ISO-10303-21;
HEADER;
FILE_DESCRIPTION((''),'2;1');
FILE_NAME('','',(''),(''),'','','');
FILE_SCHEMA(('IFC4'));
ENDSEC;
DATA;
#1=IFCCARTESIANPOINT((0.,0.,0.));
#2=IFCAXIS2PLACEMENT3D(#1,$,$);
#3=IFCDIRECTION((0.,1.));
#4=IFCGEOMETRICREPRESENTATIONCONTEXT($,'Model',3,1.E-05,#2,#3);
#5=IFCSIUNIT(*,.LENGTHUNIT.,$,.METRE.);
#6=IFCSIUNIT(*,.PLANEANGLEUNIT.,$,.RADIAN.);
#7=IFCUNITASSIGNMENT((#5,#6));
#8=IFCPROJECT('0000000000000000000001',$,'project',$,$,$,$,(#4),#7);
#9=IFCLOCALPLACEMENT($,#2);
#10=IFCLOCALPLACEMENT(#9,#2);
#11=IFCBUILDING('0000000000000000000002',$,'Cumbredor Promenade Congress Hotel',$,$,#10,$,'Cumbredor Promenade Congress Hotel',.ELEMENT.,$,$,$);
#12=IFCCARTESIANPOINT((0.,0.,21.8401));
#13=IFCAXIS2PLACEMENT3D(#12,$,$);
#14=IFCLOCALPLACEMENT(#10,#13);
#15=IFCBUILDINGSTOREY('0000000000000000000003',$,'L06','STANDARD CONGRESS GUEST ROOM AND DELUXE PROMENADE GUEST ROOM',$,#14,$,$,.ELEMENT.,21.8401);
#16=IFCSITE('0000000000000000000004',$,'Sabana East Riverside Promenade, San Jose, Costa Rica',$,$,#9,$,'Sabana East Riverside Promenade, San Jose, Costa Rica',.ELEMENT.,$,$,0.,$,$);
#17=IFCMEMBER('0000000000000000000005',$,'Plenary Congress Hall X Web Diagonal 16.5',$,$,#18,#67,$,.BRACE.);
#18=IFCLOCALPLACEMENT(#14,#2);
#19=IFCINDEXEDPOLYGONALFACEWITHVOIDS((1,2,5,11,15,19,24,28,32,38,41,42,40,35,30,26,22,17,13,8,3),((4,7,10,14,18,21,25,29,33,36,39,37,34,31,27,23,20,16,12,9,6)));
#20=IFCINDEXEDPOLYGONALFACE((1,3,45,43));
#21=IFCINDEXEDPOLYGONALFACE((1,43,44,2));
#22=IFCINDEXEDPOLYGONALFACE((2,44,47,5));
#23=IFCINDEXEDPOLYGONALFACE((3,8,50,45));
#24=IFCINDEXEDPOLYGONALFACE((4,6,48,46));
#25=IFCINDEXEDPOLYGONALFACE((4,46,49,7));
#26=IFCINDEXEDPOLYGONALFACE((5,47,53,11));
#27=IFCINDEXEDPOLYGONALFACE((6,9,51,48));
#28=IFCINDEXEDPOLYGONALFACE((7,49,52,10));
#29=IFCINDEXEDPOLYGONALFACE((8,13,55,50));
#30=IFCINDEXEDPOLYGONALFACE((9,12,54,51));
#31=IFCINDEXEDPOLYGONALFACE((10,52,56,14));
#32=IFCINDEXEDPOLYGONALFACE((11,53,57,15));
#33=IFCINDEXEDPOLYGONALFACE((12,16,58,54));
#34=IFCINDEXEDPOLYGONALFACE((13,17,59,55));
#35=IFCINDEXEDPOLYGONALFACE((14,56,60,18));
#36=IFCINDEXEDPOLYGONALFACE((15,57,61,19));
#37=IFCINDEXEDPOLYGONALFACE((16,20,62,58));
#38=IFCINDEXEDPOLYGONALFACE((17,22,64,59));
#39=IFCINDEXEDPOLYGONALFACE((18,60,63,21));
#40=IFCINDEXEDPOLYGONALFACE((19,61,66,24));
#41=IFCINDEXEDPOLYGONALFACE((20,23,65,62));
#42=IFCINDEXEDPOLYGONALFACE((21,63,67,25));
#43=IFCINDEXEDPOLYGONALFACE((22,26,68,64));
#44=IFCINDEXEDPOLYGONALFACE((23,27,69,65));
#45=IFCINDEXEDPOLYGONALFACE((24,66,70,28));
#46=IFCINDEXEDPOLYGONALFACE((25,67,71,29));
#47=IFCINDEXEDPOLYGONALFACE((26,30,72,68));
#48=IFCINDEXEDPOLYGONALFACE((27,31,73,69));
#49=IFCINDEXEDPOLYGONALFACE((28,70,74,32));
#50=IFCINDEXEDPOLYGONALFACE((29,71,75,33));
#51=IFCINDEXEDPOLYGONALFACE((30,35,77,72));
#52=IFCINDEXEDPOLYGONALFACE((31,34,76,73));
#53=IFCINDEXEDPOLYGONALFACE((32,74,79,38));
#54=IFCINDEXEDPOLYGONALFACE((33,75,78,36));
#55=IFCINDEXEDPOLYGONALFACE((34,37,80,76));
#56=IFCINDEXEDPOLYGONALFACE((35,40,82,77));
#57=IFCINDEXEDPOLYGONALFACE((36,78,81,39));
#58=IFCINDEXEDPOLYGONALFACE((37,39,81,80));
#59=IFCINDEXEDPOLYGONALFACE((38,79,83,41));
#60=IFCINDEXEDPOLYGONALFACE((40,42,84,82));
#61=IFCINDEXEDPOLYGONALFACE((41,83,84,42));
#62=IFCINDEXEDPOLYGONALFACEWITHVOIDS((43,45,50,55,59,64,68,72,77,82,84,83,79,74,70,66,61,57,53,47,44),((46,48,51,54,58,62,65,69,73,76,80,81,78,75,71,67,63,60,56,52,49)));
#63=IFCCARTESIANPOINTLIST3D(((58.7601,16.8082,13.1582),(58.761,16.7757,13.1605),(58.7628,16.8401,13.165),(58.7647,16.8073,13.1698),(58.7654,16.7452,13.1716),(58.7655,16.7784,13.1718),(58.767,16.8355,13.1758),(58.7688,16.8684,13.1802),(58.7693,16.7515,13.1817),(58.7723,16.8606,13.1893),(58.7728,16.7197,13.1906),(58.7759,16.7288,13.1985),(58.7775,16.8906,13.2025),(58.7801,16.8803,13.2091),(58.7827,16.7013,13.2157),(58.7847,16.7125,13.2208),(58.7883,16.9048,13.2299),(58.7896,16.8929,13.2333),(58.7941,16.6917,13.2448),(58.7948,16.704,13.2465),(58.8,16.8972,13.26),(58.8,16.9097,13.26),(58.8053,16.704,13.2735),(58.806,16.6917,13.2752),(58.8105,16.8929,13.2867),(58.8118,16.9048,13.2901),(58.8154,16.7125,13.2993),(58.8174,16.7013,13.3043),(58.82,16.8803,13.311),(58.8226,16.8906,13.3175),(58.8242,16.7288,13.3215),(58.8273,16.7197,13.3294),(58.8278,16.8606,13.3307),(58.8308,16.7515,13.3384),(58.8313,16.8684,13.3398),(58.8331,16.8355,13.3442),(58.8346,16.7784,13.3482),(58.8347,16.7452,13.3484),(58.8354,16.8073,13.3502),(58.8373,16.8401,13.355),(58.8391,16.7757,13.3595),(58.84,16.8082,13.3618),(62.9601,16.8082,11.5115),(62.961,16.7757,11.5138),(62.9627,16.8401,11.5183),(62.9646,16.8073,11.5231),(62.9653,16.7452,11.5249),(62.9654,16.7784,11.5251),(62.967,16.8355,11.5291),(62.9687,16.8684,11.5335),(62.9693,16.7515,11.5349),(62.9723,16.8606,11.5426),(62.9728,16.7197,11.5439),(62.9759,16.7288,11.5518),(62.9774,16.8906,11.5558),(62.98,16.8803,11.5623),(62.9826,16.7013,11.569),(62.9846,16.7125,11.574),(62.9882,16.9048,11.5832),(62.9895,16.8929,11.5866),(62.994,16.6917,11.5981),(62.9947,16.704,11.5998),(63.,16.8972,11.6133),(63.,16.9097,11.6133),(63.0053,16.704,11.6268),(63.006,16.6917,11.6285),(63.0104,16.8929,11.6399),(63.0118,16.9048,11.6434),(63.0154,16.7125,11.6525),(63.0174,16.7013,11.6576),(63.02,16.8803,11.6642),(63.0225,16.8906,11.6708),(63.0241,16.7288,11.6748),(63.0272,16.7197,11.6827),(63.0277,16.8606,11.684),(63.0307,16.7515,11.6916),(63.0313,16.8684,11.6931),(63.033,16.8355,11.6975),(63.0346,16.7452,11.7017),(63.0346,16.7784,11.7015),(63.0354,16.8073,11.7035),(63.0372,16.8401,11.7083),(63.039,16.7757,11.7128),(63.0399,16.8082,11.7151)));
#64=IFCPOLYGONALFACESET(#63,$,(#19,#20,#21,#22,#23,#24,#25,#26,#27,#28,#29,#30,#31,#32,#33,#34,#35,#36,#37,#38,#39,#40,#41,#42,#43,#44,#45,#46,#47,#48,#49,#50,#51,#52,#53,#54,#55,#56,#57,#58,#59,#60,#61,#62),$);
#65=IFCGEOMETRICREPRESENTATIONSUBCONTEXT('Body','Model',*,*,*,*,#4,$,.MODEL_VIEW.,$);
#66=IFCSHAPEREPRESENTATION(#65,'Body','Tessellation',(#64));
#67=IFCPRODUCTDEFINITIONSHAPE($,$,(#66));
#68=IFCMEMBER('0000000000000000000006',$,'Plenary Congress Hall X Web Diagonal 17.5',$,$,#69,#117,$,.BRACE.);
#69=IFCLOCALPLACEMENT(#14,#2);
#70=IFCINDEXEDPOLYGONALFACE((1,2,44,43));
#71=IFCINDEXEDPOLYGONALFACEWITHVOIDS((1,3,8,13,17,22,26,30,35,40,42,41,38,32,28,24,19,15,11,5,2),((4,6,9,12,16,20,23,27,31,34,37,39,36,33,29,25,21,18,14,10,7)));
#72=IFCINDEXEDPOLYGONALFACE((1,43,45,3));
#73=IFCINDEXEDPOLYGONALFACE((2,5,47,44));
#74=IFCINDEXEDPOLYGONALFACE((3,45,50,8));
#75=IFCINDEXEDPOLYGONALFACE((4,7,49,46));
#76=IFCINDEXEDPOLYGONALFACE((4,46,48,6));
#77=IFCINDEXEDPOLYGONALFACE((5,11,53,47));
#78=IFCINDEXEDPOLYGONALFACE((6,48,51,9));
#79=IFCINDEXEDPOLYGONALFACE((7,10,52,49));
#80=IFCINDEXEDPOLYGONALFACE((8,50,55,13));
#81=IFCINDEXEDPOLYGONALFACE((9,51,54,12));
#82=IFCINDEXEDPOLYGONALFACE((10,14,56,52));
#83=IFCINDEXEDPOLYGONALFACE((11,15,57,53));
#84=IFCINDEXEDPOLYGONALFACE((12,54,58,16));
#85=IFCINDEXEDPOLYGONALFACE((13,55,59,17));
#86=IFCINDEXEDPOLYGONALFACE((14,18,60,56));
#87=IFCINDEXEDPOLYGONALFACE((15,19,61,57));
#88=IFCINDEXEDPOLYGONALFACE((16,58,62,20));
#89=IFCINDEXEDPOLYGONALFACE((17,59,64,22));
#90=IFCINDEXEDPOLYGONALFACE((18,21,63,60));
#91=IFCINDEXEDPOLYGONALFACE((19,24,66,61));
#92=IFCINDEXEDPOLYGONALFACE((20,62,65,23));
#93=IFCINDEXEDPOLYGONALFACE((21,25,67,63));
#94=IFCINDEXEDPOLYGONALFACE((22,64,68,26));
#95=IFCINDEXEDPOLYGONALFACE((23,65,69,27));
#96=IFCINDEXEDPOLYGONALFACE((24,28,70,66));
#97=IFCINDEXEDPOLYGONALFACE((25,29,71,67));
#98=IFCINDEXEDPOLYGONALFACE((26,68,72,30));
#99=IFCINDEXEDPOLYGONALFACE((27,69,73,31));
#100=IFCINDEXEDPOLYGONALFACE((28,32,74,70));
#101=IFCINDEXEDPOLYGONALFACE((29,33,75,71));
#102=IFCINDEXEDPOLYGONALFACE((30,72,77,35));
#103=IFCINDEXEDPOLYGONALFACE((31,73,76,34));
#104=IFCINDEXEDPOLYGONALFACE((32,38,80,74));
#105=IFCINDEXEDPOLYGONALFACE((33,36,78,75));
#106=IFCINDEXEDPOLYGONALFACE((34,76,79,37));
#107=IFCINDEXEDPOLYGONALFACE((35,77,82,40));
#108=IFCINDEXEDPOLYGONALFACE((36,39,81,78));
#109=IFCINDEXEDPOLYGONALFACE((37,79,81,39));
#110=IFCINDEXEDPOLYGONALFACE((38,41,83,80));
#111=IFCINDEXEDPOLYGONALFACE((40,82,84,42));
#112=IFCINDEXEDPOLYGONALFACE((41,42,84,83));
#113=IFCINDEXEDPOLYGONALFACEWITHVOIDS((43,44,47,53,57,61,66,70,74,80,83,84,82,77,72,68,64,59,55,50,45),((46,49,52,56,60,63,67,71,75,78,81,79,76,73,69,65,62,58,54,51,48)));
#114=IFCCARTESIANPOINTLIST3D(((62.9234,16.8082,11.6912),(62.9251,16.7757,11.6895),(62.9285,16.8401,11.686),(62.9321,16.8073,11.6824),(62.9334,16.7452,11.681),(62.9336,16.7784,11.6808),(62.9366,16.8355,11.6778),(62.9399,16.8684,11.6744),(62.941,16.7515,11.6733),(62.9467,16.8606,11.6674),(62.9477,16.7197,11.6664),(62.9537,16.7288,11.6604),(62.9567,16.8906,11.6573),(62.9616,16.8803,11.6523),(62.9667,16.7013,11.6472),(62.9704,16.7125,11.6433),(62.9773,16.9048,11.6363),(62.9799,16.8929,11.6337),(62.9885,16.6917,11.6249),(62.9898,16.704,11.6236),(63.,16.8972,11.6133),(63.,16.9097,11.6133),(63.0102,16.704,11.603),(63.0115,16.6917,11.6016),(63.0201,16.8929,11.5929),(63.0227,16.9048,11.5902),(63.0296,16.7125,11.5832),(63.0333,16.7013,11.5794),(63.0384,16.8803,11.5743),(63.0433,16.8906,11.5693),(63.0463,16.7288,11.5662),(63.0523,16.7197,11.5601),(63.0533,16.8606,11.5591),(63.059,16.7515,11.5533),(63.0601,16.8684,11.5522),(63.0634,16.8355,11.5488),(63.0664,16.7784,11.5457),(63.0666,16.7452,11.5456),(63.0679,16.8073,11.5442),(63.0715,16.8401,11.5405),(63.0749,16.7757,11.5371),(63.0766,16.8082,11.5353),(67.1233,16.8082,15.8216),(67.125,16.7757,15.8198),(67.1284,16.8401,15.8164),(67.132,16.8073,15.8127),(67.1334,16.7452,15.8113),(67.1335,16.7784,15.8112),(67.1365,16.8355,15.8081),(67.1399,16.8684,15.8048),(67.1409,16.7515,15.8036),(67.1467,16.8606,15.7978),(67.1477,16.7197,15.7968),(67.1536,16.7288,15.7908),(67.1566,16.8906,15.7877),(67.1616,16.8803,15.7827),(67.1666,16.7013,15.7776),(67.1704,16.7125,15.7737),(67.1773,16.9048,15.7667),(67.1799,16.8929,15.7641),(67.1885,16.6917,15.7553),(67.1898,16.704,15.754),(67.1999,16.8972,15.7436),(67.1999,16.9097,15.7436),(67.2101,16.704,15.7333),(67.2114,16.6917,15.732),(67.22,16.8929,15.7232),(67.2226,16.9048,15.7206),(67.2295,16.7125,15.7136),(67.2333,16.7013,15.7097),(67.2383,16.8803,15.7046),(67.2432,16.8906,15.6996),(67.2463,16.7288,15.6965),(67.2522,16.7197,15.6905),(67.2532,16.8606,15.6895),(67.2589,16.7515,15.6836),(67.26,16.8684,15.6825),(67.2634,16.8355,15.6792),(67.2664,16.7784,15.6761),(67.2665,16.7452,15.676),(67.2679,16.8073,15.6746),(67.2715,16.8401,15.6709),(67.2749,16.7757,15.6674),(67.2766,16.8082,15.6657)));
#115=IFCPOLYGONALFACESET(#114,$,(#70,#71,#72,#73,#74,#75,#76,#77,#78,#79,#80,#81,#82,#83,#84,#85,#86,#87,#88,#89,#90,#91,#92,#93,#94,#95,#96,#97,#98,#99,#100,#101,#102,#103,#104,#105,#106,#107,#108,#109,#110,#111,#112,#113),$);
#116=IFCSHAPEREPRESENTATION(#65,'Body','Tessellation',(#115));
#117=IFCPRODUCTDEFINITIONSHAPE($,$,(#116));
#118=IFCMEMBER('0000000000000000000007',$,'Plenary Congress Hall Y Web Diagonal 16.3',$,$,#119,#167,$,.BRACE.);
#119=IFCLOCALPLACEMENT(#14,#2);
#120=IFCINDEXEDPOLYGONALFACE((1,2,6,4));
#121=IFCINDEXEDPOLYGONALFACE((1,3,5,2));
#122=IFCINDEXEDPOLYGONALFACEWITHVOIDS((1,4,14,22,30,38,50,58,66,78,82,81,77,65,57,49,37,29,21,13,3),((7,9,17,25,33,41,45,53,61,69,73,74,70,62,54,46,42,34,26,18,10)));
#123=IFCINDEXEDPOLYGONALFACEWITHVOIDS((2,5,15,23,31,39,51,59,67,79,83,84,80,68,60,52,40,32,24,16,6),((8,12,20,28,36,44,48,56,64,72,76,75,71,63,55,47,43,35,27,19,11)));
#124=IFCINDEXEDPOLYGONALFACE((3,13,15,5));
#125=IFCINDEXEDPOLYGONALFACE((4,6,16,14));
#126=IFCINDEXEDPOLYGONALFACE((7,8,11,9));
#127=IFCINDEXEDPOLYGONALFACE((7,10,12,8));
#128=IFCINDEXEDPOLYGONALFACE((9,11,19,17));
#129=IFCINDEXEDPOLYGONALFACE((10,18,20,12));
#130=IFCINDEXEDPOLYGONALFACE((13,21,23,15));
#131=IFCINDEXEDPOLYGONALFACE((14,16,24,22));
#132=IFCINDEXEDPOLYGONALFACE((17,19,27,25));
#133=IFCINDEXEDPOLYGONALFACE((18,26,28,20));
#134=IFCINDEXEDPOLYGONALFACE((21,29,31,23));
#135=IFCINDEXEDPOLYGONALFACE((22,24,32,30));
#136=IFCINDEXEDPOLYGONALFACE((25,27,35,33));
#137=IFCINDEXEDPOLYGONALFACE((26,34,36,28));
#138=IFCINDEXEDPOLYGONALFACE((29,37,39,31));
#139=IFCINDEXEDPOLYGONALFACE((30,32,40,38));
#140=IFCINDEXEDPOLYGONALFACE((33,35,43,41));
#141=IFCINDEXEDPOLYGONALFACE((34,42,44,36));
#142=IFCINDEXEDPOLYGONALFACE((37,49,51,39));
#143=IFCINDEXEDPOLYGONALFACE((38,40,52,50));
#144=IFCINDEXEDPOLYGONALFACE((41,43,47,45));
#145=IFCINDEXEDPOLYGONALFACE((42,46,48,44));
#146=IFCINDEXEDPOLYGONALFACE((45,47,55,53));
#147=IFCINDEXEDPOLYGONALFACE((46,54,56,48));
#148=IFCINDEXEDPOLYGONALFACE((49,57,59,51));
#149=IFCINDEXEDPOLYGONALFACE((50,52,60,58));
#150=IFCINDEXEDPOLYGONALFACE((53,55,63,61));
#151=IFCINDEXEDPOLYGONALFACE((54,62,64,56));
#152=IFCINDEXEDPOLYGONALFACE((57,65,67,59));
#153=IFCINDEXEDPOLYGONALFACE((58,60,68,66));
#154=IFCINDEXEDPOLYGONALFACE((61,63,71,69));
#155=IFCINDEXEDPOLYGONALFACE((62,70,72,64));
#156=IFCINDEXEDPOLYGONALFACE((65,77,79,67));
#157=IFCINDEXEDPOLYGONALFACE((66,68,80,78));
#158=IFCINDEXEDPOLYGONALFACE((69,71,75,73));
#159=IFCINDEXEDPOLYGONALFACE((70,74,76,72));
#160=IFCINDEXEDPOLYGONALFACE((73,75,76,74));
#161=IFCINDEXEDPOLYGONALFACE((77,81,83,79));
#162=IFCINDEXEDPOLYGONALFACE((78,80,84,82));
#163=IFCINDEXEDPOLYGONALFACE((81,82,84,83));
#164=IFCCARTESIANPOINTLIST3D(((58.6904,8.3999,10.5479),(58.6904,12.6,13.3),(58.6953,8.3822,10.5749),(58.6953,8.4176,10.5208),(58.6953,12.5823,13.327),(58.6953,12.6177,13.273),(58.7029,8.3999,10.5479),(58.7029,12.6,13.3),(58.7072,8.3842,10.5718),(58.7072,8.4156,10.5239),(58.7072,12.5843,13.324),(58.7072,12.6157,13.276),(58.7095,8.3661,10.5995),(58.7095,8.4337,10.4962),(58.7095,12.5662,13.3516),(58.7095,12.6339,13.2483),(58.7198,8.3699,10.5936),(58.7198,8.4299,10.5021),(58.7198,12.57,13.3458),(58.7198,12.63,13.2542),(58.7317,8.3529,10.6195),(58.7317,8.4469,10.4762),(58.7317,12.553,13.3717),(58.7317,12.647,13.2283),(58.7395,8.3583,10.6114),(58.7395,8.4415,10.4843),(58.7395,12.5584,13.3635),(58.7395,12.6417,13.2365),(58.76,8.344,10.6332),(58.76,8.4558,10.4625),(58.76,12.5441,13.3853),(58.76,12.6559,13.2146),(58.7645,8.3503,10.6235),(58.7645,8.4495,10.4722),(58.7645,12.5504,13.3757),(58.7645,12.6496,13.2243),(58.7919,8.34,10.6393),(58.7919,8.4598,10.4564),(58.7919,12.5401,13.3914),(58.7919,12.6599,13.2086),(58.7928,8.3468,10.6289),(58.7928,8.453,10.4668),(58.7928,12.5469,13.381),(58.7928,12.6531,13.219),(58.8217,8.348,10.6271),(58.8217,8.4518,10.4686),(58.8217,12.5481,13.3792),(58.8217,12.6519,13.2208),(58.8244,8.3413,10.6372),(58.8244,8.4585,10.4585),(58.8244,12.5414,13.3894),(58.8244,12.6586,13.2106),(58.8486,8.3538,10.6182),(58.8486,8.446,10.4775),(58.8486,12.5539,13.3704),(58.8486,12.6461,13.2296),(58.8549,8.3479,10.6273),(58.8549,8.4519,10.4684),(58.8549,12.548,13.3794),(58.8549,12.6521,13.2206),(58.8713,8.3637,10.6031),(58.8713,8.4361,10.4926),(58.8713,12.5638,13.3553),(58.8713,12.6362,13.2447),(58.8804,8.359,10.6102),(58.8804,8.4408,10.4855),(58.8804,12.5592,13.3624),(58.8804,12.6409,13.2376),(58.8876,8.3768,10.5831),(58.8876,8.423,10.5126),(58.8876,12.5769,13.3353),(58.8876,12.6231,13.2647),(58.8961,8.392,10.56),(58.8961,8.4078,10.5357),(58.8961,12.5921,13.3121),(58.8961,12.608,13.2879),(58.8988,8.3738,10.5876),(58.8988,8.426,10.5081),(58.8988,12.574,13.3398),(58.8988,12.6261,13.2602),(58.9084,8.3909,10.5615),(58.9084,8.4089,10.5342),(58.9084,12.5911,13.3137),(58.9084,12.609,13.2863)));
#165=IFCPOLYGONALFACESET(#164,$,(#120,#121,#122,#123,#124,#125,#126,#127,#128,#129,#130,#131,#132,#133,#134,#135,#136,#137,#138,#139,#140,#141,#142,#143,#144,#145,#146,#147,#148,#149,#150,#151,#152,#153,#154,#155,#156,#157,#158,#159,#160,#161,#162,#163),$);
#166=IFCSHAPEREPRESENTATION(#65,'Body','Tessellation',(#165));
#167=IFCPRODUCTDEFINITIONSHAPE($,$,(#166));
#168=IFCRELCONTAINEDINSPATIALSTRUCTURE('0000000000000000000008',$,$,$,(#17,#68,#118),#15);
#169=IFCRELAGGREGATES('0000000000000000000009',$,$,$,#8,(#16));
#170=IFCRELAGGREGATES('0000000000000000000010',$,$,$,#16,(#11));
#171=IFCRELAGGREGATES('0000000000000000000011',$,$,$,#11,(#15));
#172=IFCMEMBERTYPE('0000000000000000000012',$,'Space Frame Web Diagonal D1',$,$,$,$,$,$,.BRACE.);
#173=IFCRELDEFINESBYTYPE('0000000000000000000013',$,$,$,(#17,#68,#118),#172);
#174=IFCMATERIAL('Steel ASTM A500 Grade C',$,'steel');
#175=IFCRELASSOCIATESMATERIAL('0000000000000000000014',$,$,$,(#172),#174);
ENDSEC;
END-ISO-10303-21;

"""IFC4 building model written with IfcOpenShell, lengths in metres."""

from ifc_helpers import new_model, si_unit, direction, frame, origin, origin_2d, place, context, subcontext, project, spatial, hollow_circle, extrude, material, material_profile, profile_set, type_object, element, save


model = new_model("IFC4")

# Units and contexts
model_context = context("Model", 3, precision=1e-05, world=origin(), true_north=direction((0.0, 1.0)))
body_context = subcontext(model_context, "Body", "Model", "MODEL_VIEW")
ifc_project = project(units=[si_unit("LENGTHUNIT", "METRE"), si_unit("PLANEANGLEUNIT", "RADIAN")], contexts=[model_context])

# Site, building, storey
site_placement = place(None, origin())
site = spatial("IfcSite", under=ifc_project, at=site_placement, Name="Sabana East Riverside Promenade, San Jose, Costa Rica", LongName="Sabana East Riverside Promenade, San Jose, Costa Rica", CompositionType="ELEMENT", RefElevation=0.0)
building_placement = place(site_placement, origin())
building = spatial("IfcBuilding", under=site, at=building_placement, Name="Cumbredor Promenade Congress Hotel", LongName="Cumbredor Promenade Congress Hotel", CompositionType="ELEMENT")
storey_placement = place(building_placement, frame((0.0, 0.0, 21.8401)))
storey = spatial("IfcBuildingStorey", under=building, at=storey_placement, Name="L06", Description="STANDARD CONGRESS GUEST ROOM AND DELUXE PROMENADE GUEST ROOM", CompositionType="ELEMENT", Elevation=21.8401)

# Members
ifc_material_1 = material(Name="Steel ASTM A500 Grade C", Category="steel")
ifc_material_profile_1 = material_profile(ifc_material_1, hollow_circle(Radius=0.1096, WallThickness=0.0125, at=origin_2d()), Name="CHS 219.1x12.5")
ifc_profile_set_1 = profile_set([ifc_material_profile_1], Name="Steel ASTM A500 Grade C")
member_type_1 = type_object("IfcMemberType", Name="Space Frame Web Diagonal D1", PredefinedType="BRACE", material=ifc_profile_set_1)
member_1_placement = place(storey_placement, frame((58.8, 16.8, 13.26), z_axis=(0.930997, 0.0, -0.365028), x_axis=(0.0, 1.0, 0.0)))
element("IfcMember", 1, at=member_1_placement, inside=storey, type_object=member_type_1, Name="Plenary Congress Hall X Web Diagonal 16.5", PredefinedType="BRACE", context=body_context, shape_type="SweptSolid", body=[
    extrude(hollow_circle(Radius=0.1096, WallThickness=0.0125, at=origin_2d()), origin(), (0.0, 0.0, 1.0), 4.5112),
])
member_2_placement = place(storey_placement, frame((63.0, 16.8, 11.6133), z_axis=(0.712988, 0.0, 0.701176), x_axis=(0.0, 1.0, 0.0)))
element("IfcMember", 2, at=member_2_placement, inside=storey, type_object=member_type_1, Name="Plenary Congress Hall X Web Diagonal 17.5", PredefinedType="BRACE", context=body_context, shape_type="SweptSolid", body=[
    extrude(hollow_circle(Radius=0.1096, WallThickness=0.0125, at=origin_2d()), origin(), (0.0, 0.0, 1.0), 5.8906),
])
member_3_placement = place(storey_placement, frame((58.8, 8.3999, 10.5479), z_axis=(0.0, 0.83643, 0.548074), x_axis=(-1.0, 0.0, 0.0)))
element("IfcMember", 3, at=member_3_placement, inside=storey, type_object=member_type_1, Name="Plenary Congress Hall Y Web Diagonal 16.3", PredefinedType="BRACE", context=body_context, shape_type="SweptSolid", body=[
    extrude(hollow_circle(Radius=0.1096, WallThickness=0.0125, at=origin_2d()), origin(), (0.0, 0.0, 1.0), 5.0215),
])

save(model, "model.ifc")
